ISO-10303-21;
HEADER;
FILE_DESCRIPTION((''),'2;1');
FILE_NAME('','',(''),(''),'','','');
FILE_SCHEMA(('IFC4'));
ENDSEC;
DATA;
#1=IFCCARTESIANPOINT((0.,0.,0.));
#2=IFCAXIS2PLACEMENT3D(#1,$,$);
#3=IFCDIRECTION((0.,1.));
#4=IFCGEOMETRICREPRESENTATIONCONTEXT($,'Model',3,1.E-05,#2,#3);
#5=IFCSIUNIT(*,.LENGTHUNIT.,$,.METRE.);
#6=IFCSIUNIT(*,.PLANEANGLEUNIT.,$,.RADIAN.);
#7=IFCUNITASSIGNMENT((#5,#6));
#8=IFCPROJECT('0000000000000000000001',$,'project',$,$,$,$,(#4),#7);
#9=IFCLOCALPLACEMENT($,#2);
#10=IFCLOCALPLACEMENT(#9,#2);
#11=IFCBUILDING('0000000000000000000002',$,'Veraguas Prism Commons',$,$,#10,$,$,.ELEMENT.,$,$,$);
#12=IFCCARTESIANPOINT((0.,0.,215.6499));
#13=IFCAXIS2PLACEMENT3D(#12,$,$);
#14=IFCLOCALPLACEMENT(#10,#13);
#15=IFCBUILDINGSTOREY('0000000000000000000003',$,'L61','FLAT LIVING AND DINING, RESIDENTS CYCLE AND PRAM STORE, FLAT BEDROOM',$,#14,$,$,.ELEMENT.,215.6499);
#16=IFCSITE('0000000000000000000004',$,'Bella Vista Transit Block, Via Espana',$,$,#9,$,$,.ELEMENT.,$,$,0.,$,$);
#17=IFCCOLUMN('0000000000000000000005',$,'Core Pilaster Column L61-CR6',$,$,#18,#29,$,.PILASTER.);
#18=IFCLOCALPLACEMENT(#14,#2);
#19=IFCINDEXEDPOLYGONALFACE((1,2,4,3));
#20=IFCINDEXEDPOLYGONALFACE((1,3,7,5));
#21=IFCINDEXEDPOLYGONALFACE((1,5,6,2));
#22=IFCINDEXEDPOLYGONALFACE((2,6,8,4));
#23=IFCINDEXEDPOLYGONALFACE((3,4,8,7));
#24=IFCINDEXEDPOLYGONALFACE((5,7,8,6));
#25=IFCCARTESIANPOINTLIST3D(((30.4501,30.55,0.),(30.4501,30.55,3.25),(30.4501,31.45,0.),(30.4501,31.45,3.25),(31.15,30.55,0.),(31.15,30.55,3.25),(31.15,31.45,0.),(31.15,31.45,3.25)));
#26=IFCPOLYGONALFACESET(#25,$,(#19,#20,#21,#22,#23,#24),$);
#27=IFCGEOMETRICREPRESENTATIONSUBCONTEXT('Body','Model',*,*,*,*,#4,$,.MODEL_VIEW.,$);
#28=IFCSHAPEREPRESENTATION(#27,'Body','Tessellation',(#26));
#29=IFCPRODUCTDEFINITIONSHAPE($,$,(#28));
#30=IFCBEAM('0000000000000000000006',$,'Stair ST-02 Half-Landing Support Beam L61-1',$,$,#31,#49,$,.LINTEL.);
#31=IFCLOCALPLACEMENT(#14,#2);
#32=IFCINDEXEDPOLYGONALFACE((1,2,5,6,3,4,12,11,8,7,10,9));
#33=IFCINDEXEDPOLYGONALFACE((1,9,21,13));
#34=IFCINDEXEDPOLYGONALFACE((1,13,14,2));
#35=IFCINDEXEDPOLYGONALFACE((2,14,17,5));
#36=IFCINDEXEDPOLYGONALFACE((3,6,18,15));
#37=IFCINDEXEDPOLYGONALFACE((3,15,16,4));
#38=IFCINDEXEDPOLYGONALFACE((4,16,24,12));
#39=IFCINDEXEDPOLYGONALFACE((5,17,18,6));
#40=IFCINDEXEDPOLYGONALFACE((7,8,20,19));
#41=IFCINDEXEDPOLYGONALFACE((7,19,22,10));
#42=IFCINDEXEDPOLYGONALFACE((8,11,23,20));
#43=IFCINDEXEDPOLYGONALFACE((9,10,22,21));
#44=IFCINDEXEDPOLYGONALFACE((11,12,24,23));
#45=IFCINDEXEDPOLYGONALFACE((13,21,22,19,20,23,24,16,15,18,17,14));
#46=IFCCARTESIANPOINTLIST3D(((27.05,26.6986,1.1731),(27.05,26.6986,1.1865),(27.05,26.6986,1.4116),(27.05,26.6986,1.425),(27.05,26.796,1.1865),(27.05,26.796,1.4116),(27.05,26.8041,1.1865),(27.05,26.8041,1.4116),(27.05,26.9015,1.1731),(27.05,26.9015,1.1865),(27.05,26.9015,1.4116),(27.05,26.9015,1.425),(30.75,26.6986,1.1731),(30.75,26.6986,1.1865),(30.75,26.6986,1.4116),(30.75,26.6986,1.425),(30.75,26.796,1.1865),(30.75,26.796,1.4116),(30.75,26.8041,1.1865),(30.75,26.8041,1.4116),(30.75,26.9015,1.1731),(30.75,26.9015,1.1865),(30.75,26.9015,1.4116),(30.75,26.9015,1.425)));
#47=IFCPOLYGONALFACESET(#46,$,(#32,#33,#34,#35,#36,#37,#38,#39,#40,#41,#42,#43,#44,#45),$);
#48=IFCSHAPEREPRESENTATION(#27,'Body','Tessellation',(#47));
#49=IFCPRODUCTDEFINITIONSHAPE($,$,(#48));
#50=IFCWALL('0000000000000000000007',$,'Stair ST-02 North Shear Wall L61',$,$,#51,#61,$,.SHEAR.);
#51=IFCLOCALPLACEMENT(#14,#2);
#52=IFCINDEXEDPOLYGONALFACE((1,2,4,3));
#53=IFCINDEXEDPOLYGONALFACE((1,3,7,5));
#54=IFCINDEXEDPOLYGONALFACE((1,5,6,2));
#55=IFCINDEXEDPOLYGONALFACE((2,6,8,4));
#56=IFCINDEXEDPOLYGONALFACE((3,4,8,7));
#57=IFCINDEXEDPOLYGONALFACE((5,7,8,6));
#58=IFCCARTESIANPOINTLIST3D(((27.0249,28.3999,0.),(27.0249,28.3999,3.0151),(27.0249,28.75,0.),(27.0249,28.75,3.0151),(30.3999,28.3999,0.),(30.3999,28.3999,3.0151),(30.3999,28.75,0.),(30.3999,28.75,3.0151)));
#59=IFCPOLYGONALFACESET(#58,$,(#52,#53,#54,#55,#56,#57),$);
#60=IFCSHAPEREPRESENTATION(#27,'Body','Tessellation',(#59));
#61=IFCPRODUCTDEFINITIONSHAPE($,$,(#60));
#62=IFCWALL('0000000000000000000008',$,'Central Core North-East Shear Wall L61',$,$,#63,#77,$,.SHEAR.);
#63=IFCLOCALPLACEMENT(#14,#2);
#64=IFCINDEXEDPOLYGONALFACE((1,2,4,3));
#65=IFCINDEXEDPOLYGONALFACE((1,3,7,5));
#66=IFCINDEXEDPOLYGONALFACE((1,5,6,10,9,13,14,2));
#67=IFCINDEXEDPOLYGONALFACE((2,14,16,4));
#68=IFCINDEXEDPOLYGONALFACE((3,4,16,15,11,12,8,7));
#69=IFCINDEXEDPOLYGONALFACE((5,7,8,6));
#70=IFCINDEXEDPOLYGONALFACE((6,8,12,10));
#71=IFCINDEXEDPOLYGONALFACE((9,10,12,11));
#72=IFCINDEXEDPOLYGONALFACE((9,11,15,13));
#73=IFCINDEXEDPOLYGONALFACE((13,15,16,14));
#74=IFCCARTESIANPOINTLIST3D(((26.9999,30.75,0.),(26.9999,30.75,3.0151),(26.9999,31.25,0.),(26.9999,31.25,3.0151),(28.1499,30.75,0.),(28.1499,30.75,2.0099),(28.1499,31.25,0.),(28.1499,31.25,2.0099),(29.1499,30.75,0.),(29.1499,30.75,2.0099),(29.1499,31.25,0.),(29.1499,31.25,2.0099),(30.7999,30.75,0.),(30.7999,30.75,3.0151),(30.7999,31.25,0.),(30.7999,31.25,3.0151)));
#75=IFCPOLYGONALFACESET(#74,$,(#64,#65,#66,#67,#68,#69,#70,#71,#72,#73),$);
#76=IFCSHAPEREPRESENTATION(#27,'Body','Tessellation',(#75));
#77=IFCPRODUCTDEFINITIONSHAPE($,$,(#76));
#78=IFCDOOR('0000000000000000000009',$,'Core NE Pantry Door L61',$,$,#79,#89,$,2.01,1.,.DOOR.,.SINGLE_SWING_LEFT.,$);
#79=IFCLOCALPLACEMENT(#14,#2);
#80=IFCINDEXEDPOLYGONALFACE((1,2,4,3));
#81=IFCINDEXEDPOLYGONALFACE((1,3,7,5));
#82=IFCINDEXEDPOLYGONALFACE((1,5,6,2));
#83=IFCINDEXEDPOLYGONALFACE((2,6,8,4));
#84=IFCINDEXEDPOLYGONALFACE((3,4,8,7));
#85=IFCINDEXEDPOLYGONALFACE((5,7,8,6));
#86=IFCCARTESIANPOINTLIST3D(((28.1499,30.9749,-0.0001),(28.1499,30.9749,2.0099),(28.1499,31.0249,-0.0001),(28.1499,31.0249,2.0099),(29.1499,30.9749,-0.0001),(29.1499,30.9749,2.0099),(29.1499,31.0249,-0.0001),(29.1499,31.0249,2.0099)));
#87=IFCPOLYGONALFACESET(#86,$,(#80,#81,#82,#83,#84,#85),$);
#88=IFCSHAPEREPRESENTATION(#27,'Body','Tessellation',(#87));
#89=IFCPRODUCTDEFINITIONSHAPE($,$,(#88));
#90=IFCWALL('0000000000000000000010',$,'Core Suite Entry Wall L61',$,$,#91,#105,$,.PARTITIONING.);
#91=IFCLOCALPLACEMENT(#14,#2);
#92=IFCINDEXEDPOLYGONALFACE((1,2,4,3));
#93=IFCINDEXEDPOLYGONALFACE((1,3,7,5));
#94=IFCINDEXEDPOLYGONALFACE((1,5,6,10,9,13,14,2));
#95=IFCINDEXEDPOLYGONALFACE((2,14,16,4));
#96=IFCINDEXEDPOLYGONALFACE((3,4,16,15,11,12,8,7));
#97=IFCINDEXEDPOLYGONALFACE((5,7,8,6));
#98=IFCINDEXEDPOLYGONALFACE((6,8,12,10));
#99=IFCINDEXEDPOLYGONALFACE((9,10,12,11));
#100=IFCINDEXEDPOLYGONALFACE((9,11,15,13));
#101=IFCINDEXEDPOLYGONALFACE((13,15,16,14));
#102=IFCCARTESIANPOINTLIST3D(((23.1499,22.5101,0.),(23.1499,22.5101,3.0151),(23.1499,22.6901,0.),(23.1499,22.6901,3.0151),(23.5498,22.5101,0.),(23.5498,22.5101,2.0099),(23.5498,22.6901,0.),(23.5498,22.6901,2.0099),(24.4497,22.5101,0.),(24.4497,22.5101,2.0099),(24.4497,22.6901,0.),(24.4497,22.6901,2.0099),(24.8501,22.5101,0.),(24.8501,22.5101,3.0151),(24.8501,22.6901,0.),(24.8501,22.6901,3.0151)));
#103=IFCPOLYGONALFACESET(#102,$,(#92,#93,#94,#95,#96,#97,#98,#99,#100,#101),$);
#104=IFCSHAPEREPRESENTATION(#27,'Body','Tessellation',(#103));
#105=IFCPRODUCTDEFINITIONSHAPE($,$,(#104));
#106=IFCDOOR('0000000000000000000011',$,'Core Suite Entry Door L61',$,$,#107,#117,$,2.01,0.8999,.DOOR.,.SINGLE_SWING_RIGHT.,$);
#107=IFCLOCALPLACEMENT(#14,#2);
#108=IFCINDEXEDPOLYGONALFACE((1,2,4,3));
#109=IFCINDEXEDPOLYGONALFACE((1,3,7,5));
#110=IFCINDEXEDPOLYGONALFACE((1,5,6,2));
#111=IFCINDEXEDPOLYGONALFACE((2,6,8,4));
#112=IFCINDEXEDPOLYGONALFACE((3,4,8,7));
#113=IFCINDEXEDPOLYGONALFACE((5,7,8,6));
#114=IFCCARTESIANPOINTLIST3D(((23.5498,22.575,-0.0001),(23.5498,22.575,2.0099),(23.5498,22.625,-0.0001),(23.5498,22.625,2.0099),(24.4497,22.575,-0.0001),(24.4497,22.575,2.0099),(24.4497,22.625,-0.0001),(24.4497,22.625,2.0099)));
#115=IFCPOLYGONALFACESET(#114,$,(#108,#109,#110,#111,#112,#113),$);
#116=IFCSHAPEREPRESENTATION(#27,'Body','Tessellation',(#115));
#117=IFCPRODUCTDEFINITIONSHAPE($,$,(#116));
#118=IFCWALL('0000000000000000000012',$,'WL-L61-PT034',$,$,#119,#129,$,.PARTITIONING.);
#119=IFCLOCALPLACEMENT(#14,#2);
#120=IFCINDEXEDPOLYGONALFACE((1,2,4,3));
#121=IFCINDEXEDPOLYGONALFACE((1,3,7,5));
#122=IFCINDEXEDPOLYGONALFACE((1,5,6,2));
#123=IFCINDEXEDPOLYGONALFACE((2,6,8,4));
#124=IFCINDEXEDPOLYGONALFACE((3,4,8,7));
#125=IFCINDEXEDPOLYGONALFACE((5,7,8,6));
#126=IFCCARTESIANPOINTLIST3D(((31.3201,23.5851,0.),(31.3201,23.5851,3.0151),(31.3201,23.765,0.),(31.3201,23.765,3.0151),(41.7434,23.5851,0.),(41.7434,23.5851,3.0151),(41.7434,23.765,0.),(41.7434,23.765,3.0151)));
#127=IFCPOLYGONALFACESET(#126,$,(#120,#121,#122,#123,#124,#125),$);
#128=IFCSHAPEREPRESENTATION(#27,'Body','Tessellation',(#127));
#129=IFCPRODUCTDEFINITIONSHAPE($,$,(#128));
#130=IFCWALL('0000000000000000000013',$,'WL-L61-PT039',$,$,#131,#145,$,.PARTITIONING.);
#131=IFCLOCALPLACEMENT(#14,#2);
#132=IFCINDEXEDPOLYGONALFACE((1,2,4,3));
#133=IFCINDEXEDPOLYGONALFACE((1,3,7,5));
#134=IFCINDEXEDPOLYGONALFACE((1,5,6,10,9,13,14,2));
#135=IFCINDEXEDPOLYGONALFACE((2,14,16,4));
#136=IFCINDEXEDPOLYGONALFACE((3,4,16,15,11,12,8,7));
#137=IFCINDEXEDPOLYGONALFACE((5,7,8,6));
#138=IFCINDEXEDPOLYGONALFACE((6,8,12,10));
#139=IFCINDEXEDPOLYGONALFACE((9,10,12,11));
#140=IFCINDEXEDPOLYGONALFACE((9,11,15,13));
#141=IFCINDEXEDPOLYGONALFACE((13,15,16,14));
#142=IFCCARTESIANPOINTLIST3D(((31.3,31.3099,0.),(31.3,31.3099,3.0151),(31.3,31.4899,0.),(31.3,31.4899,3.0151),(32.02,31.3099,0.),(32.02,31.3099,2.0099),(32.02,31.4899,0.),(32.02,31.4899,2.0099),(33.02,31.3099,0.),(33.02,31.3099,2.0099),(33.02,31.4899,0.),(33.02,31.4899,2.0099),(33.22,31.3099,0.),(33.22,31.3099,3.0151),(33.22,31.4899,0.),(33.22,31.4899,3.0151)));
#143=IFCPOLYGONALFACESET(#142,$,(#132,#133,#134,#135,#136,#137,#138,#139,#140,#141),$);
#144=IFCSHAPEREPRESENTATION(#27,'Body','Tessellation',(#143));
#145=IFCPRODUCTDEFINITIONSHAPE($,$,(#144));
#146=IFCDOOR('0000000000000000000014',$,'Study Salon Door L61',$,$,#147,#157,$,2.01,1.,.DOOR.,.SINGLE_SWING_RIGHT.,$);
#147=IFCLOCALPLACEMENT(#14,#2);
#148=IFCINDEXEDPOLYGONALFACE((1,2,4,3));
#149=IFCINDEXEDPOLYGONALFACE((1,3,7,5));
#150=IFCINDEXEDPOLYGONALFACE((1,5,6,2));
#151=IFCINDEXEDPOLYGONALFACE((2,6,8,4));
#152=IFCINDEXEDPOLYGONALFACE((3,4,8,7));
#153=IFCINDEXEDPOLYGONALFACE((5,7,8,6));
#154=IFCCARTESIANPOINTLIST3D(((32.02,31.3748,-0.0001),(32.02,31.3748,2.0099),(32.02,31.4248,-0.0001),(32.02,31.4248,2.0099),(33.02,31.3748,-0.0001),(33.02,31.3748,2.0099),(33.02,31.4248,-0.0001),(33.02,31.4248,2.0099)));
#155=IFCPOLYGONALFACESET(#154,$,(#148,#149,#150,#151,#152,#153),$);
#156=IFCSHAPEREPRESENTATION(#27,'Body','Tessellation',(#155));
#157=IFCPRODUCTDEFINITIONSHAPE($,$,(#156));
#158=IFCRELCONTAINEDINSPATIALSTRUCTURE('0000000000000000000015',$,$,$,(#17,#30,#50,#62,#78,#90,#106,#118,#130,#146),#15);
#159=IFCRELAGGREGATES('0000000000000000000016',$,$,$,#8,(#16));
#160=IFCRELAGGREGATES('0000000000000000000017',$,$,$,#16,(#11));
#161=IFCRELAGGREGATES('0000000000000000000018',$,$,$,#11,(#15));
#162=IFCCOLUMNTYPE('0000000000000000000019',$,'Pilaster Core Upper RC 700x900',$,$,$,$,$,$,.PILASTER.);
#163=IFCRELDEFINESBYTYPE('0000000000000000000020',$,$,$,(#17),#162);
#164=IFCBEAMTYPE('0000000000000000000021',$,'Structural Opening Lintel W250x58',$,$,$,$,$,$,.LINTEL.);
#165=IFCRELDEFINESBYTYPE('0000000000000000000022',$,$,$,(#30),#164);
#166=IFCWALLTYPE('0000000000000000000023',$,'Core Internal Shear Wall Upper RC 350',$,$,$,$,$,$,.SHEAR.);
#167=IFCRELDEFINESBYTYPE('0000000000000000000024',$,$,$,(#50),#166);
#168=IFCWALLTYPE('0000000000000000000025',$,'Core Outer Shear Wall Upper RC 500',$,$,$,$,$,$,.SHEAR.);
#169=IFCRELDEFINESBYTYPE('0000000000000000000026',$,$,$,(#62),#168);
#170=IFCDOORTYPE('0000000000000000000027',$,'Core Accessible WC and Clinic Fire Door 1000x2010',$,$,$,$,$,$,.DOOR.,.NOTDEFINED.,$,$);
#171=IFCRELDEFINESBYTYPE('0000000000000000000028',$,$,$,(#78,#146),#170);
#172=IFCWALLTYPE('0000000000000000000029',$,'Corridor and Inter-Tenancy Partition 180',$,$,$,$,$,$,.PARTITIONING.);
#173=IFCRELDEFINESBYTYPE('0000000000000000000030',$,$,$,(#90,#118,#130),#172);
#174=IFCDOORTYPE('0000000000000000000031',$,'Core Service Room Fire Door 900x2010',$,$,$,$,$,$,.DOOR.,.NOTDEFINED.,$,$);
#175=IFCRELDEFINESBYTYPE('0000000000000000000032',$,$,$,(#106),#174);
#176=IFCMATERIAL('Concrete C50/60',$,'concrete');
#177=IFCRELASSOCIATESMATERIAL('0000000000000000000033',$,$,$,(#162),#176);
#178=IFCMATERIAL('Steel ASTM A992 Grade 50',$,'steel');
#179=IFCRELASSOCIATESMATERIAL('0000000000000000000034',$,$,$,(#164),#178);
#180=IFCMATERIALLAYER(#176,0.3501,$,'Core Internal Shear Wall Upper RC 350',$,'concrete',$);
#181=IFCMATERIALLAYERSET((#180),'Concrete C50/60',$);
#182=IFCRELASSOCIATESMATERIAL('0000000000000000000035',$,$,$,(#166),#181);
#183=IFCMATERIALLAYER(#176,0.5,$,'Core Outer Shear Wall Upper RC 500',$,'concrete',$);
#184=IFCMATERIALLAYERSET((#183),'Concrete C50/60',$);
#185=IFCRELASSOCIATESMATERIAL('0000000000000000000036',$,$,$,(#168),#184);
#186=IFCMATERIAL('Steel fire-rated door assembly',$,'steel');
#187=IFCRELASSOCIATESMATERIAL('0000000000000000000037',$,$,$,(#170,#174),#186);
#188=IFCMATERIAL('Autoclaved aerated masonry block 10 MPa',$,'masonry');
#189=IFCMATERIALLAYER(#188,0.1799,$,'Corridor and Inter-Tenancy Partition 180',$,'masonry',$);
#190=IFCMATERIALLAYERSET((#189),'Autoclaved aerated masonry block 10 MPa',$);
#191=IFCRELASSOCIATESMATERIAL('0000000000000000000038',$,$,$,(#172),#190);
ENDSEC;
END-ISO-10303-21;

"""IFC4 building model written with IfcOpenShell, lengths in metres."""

from ifc_helpers import new_model, si_unit, direction, frame, frame_2d, origin, origin_2d, place, context, subcontext, project, spatial, rectangle, i_section, extrude, source, transform, mapped, material, layer, layer_set, material_profile, profile_set, type_object, element, fill, save


model = new_model("IFC4")

# Units and contexts
model_context = context("Model", 3, precision=1e-05, world=origin(), true_north=direction((0.0, 1.0)))
body_context = subcontext(model_context, "Body", "Model", "MODEL_VIEW")
ifc_project = project(units=[si_unit("LENGTHUNIT", "METRE"), si_unit("PLANEANGLEUNIT", "RADIAN")], contexts=[model_context])

# Site, building, storey
site_placement = place(None, origin())
site = spatial("IfcSite", under=ifc_project, at=site_placement, Name="Bella Vista Transit Block, Via Espana", CompositionType="ELEMENT", RefElevation=0.0)
building_placement = place(site_placement, origin())
building = spatial("IfcBuilding", under=site, at=building_placement, Name="Veraguas Prism Commons", CompositionType="ELEMENT")
storey_placement = place(building_placement, frame((0.0, 0.0, 215.6499)))
storey = spatial("IfcBuildingStorey", under=building, at=storey_placement, Name="L61", Description="FLAT LIVING AND DINING, RESIDENTS CYCLE AND PRAM STORE, FLAT BEDROOM", CompositionType="ELEMENT", Elevation=215.6499)

# Column
ifc_material_1 = material(Name="Concrete C50/60", Category="concrete")
ifc_material_profile_1 = material_profile(ifc_material_1, rectangle(XDim=0.7, YDim=0.8999, at=origin_2d()), Name="RC700X900")
ifc_profile_set_1 = profile_set([ifc_material_profile_1], Name="Concrete C50/60")
column_type = type_object("IfcColumnType", Name="Pilaster Core Upper RC 700x900", PredefinedType="PILASTER", material=ifc_profile_set_1)
column_placement = place(storey_placement, frame((30.8, 31.0, 0.0), z_axis=(0.0, 0.0, 1.0), x_axis=(1.0, 0.0, 0.0)))
element("IfcColumn", 1, at=column_placement, inside=storey, type_object=column_type, Name="Core Pilaster Column L61-CR6", PredefinedType="PILASTER", context=body_context, shape_type="SweptSolid", body=[
    extrude(rectangle(XDim=0.7, YDim=0.8999, at=origin_2d()), origin(), (0.0, 0.0, 1.0), 3.25),
])

# Beam
ifc_material_2 = material(Name="Steel ASTM A992 Grade 50", Category="steel")
ifc_material_profile_2 = material_profile(ifc_material_2, i_section(OverallWidth=0.2029, OverallDepth=0.252, WebThickness=0.0081, FlangeThickness=0.0134, at=origin_2d()), Name="W250X58")
ifc_profile_set_2 = profile_set([ifc_material_profile_2], Name="Steel ASTM A992 Grade 50")
beam_type = type_object("IfcBeamType", Name="Structural Opening Lintel W250x58", PredefinedType="LINTEL", material=ifc_profile_set_2)
beam_placement = place(storey_placement, frame((27.05, 26.8, 1.2991), z_axis=(1.0, 0.0, 0.0), x_axis=(0.0, 1.0, 0.0)))
element("IfcBeam", 2, at=beam_placement, inside=storey, type_object=beam_type, Name="Stair ST-02 Half-Landing Support Beam L61-1", PredefinedType="LINTEL", context=body_context, shape_type="SweptSolid", body=[
    extrude(i_section(OverallWidth=0.2029, OverallDepth=0.252, WebThickness=0.0081, FlangeThickness=0.0134, at=origin_2d()), origin(), (0.0, 0.0, 1.0), 3.7),
])

# Wall
ifc_layer_1 = layer(ifc_material_1, 0.3501, Name="Core Internal Shear Wall Upper RC 350", Category="concrete")
ifc_layer_set_1 = layer_set([ifc_layer_1], Name="Concrete C50/60")
wall_type_1 = type_object("IfcWallType", Name="Core Internal Shear Wall Upper RC 350", PredefinedType="SHEAR", material=ifc_layer_set_1)
wall_1_placement = place(storey_placement, frame((27.0249, 28.575, 0.0), z_axis=(0.0, 0.0, 1.0), x_axis=(1.0, 0.0, 0.0)))
element("IfcWall", 3, at=wall_1_placement, inside=storey, type_object=wall_type_1, Name="Stair ST-02 North Shear Wall L61", PredefinedType="SHEAR", context=body_context, shape_type="SweptSolid", body=[
    extrude(rectangle(XDim=3.375, YDim=0.3501, at=frame_2d((1.6875, 0.0))), origin(), (0.0, 0.0, 1.0), 3.0151),
])

# Walls, openings, doors
ifc_layer_2 = layer(ifc_material_1, 0.5, Name="Core Outer Shear Wall Upper RC 500", Category="concrete")
ifc_layer_set_2 = layer_set([ifc_layer_2], Name="Concrete C50/60")
wall_type_2 = type_object("IfcWallType", Name="Core Outer Shear Wall Upper RC 500", PredefinedType="SHEAR", material=ifc_layer_set_2)
wall_2_placement = place(storey_placement, frame((27.0, 31.0, 0.0), z_axis=(0.0, 0.0, 1.0), x_axis=(1.0, 0.0, 0.0)))
wall_2 = element("IfcWall", 4, at=wall_2_placement, inside=storey, type_object=wall_type_2, Name="Central Core North-East Shear Wall L61", PredefinedType="SHEAR", context=body_context, shape_type="SweptSolid", body=[
    extrude(rectangle(XDim=3.8, YDim=0.5, at=frame_2d((1.8999, 0.0))), origin(), (0.0, 0.0, 1.0), 3.0151),
])
opening_1_placement = place(wall_2_placement, frame((1.1499, 0.0, 0.0)))
opening_1 = element("IfcOpeningElement", 5, at=opening_1_placement, cuts=wall_2, PredefinedType="OPENING", context=body_context, shape_type="SweptSolid", body=[
    extrude(rectangle(XDim=1.0, YDim=2.01, at=frame_2d((0.5, 1.0049))), frame((0.0, 0.26, 0.0), z_axis=(0.0, -1.0, 0.0), x_axis=(1.0, 0.0, 0.0)), (0.0, 0.0, 1.0), 0.52),
])
ifc_material_3 = material(Name="Steel fire-rated door assembly", Category="steel")
door_type_1 = type_object("IfcDoorType", Name="Core Accessible WC and Clinic Fire Door 1000x2010", OperationType="NOTDEFINED", PredefinedType="DOOR", material=ifc_material_3)
shared_shape_1 = source(origin(), body_context, "Body", "SweptSolid", [
    extrude(rectangle(XDim=1.0, YDim=2.01, at=frame_2d((0.5, 1.0049))), frame((0.0, 0.0249, 0.0), z_axis=(0.0, -1.0, 0.0), x_axis=(1.0, 0.0, 0.0)), (0.0, 0.0, 1.0), 0.05),
])
door_1_placement = place(opening_1_placement, origin())
door_1 = element("IfcDoor", 6, at=door_1_placement, inside=storey, type_object=door_type_1, Name="Core NE Pantry Door L61", OperationType="SINGLE_SWING_LEFT", OverallHeight=2.01, OverallWidth=1.0, PredefinedType="DOOR", context=body_context, shape_type="MappedRepresentation", body=[
    mapped(shared_shape_1, transform((0.0, 0.0, 0.0), scale=1.0)),
])
fill(opening_1, door_1)
ifc_material_4 = material(Name="Autoclaved aerated masonry block 10 MPa", Category="masonry")
ifc_layer_3 = layer(ifc_material_4, 0.1799, Name="Corridor and Inter-Tenancy Partition 180", Category="masonry")
ifc_layer_set_3 = layer_set([ifc_layer_3], Name="Autoclaved aerated masonry block 10 MPa")
wall_type_3 = type_object("IfcWallType", Name="Corridor and Inter-Tenancy Partition 180", PredefinedType="PARTITIONING", material=ifc_layer_set_3)
wall_3_placement = place(storey_placement, frame((23.1499, 22.6001, 0.0), z_axis=(0.0, 0.0, 1.0), x_axis=(1.0, 0.0, 0.0)))
wall_3 = element("IfcWall", 7, at=wall_3_placement, inside=storey, type_object=wall_type_3, Name="Core Suite Entry Wall L61", PredefinedType="PARTITIONING", context=body_context, shape_type="SweptSolid", body=[
    extrude(rectangle(XDim=1.7002, YDim=0.1799, at=frame_2d((0.8501, 0.0))), origin(), (0.0, 0.0, 1.0), 3.0151),
])
opening_2_placement = place(wall_3_placement, frame((0.3999, 0.0, 0.0)))
opening_2 = element("IfcOpeningElement", 8, at=opening_2_placement, cuts=wall_3, PredefinedType="OPENING", context=body_context, shape_type="SweptSolid", body=[
    extrude(rectangle(XDim=0.8999, YDim=2.01, at=frame_2d((0.45, 1.0049))), frame((0.0, 0.0999, 0.0), z_axis=(0.0, -1.0, 0.0), x_axis=(1.0, 0.0, 0.0)), (0.0, 0.0, 1.0), 0.2),
])
door_type_2 = type_object("IfcDoorType", Name="Core Service Room Fire Door 900x2010", OperationType="NOTDEFINED", PredefinedType="DOOR", material=ifc_material_3)
shared_shape_2 = source(origin(), body_context, "Body", "SweptSolid", [
    extrude(rectangle(XDim=0.8999, YDim=2.01, at=frame_2d((0.45, 1.0049))), frame((0.0, 0.0249, 0.0), z_axis=(0.0, -1.0, 0.0), x_axis=(1.0, 0.0, 0.0)), (0.0, 0.0, 1.0), 0.05),
])
door_2_placement = place(opening_2_placement, origin())
door_2 = element("IfcDoor", 9, at=door_2_placement, inside=storey, type_object=door_type_2, Name="Core Suite Entry Door L61", OperationType="SINGLE_SWING_RIGHT", OverallHeight=2.01, OverallWidth=0.8999, PredefinedType="DOOR", context=body_context, shape_type="MappedRepresentation", body=[
    mapped(shared_shape_2, transform((0.0, 0.0, 0.0), scale=1.0)),
])
fill(opening_2, door_2)

# Wall
wall_4_placement = place(storey_placement, frame((31.3201, 23.675, 0.0), z_axis=(0.0, 0.0, 1.0), x_axis=(1.0, 0.0, 0.0)))
element("IfcWall", 10, at=wall_4_placement, inside=storey, type_object=wall_type_3, Name="WL-L61-PT034", PredefinedType="PARTITIONING", context=body_context, shape_type="SweptSolid", body=[
    extrude(rectangle(XDim=10.4233, YDim=0.1799, at=frame_2d((5.2117, 0.0))), origin(), (0.0, 0.0, 1.0), 3.0151),
])

# Wall, opening, door
wall_5_placement = place(storey_placement, frame((31.3, 31.3999, 0.0), z_axis=(0.0, 0.0, 1.0), x_axis=(1.0, 0.0, 0.0)))
wall_5 = element("IfcWall", 11, at=wall_5_placement, inside=storey, type_object=wall_type_3, Name="WL-L61-PT039", PredefinedType="PARTITIONING", context=body_context, shape_type="SweptSolid", body=[
    extrude(rectangle(XDim=1.9199, YDim=0.1799, at=frame_2d((0.96, 0.0))), origin(), (0.0, 0.0, 1.0), 3.0151),
])
opening_3_placement = place(wall_5_placement, frame((0.72, 0.0, 0.0)))
opening_3 = element("IfcOpeningElement", 12, at=opening_3_placement, cuts=wall_5, PredefinedType="OPENING", context=body_context, shape_type="SweptSolid", body=[
    extrude(rectangle(XDim=1.0, YDim=2.01, at=frame_2d((0.5, 1.0049))), frame((0.0, 0.0999, 0.0), z_axis=(0.0, -1.0, 0.0), x_axis=(1.0, 0.0, 0.0)), (0.0, 0.0, 1.0), 0.2),
])
door_3_placement = place(opening_3_placement, origin())
door_3 = element("IfcDoor", 13, at=door_3_placement, inside=storey, type_object=door_type_1, Name="Study Salon Door L61", OperationType="SINGLE_SWING_RIGHT", OverallHeight=2.01, OverallWidth=1.0, PredefinedType="DOOR", context=body_context, shape_type="MappedRepresentation", body=[
    mapped(shared_shape_1, transform((0.0, 0.0, 0.0), scale=1.0)),
])
fill(opening_3, door_3)

save(model, "model.ifc")
